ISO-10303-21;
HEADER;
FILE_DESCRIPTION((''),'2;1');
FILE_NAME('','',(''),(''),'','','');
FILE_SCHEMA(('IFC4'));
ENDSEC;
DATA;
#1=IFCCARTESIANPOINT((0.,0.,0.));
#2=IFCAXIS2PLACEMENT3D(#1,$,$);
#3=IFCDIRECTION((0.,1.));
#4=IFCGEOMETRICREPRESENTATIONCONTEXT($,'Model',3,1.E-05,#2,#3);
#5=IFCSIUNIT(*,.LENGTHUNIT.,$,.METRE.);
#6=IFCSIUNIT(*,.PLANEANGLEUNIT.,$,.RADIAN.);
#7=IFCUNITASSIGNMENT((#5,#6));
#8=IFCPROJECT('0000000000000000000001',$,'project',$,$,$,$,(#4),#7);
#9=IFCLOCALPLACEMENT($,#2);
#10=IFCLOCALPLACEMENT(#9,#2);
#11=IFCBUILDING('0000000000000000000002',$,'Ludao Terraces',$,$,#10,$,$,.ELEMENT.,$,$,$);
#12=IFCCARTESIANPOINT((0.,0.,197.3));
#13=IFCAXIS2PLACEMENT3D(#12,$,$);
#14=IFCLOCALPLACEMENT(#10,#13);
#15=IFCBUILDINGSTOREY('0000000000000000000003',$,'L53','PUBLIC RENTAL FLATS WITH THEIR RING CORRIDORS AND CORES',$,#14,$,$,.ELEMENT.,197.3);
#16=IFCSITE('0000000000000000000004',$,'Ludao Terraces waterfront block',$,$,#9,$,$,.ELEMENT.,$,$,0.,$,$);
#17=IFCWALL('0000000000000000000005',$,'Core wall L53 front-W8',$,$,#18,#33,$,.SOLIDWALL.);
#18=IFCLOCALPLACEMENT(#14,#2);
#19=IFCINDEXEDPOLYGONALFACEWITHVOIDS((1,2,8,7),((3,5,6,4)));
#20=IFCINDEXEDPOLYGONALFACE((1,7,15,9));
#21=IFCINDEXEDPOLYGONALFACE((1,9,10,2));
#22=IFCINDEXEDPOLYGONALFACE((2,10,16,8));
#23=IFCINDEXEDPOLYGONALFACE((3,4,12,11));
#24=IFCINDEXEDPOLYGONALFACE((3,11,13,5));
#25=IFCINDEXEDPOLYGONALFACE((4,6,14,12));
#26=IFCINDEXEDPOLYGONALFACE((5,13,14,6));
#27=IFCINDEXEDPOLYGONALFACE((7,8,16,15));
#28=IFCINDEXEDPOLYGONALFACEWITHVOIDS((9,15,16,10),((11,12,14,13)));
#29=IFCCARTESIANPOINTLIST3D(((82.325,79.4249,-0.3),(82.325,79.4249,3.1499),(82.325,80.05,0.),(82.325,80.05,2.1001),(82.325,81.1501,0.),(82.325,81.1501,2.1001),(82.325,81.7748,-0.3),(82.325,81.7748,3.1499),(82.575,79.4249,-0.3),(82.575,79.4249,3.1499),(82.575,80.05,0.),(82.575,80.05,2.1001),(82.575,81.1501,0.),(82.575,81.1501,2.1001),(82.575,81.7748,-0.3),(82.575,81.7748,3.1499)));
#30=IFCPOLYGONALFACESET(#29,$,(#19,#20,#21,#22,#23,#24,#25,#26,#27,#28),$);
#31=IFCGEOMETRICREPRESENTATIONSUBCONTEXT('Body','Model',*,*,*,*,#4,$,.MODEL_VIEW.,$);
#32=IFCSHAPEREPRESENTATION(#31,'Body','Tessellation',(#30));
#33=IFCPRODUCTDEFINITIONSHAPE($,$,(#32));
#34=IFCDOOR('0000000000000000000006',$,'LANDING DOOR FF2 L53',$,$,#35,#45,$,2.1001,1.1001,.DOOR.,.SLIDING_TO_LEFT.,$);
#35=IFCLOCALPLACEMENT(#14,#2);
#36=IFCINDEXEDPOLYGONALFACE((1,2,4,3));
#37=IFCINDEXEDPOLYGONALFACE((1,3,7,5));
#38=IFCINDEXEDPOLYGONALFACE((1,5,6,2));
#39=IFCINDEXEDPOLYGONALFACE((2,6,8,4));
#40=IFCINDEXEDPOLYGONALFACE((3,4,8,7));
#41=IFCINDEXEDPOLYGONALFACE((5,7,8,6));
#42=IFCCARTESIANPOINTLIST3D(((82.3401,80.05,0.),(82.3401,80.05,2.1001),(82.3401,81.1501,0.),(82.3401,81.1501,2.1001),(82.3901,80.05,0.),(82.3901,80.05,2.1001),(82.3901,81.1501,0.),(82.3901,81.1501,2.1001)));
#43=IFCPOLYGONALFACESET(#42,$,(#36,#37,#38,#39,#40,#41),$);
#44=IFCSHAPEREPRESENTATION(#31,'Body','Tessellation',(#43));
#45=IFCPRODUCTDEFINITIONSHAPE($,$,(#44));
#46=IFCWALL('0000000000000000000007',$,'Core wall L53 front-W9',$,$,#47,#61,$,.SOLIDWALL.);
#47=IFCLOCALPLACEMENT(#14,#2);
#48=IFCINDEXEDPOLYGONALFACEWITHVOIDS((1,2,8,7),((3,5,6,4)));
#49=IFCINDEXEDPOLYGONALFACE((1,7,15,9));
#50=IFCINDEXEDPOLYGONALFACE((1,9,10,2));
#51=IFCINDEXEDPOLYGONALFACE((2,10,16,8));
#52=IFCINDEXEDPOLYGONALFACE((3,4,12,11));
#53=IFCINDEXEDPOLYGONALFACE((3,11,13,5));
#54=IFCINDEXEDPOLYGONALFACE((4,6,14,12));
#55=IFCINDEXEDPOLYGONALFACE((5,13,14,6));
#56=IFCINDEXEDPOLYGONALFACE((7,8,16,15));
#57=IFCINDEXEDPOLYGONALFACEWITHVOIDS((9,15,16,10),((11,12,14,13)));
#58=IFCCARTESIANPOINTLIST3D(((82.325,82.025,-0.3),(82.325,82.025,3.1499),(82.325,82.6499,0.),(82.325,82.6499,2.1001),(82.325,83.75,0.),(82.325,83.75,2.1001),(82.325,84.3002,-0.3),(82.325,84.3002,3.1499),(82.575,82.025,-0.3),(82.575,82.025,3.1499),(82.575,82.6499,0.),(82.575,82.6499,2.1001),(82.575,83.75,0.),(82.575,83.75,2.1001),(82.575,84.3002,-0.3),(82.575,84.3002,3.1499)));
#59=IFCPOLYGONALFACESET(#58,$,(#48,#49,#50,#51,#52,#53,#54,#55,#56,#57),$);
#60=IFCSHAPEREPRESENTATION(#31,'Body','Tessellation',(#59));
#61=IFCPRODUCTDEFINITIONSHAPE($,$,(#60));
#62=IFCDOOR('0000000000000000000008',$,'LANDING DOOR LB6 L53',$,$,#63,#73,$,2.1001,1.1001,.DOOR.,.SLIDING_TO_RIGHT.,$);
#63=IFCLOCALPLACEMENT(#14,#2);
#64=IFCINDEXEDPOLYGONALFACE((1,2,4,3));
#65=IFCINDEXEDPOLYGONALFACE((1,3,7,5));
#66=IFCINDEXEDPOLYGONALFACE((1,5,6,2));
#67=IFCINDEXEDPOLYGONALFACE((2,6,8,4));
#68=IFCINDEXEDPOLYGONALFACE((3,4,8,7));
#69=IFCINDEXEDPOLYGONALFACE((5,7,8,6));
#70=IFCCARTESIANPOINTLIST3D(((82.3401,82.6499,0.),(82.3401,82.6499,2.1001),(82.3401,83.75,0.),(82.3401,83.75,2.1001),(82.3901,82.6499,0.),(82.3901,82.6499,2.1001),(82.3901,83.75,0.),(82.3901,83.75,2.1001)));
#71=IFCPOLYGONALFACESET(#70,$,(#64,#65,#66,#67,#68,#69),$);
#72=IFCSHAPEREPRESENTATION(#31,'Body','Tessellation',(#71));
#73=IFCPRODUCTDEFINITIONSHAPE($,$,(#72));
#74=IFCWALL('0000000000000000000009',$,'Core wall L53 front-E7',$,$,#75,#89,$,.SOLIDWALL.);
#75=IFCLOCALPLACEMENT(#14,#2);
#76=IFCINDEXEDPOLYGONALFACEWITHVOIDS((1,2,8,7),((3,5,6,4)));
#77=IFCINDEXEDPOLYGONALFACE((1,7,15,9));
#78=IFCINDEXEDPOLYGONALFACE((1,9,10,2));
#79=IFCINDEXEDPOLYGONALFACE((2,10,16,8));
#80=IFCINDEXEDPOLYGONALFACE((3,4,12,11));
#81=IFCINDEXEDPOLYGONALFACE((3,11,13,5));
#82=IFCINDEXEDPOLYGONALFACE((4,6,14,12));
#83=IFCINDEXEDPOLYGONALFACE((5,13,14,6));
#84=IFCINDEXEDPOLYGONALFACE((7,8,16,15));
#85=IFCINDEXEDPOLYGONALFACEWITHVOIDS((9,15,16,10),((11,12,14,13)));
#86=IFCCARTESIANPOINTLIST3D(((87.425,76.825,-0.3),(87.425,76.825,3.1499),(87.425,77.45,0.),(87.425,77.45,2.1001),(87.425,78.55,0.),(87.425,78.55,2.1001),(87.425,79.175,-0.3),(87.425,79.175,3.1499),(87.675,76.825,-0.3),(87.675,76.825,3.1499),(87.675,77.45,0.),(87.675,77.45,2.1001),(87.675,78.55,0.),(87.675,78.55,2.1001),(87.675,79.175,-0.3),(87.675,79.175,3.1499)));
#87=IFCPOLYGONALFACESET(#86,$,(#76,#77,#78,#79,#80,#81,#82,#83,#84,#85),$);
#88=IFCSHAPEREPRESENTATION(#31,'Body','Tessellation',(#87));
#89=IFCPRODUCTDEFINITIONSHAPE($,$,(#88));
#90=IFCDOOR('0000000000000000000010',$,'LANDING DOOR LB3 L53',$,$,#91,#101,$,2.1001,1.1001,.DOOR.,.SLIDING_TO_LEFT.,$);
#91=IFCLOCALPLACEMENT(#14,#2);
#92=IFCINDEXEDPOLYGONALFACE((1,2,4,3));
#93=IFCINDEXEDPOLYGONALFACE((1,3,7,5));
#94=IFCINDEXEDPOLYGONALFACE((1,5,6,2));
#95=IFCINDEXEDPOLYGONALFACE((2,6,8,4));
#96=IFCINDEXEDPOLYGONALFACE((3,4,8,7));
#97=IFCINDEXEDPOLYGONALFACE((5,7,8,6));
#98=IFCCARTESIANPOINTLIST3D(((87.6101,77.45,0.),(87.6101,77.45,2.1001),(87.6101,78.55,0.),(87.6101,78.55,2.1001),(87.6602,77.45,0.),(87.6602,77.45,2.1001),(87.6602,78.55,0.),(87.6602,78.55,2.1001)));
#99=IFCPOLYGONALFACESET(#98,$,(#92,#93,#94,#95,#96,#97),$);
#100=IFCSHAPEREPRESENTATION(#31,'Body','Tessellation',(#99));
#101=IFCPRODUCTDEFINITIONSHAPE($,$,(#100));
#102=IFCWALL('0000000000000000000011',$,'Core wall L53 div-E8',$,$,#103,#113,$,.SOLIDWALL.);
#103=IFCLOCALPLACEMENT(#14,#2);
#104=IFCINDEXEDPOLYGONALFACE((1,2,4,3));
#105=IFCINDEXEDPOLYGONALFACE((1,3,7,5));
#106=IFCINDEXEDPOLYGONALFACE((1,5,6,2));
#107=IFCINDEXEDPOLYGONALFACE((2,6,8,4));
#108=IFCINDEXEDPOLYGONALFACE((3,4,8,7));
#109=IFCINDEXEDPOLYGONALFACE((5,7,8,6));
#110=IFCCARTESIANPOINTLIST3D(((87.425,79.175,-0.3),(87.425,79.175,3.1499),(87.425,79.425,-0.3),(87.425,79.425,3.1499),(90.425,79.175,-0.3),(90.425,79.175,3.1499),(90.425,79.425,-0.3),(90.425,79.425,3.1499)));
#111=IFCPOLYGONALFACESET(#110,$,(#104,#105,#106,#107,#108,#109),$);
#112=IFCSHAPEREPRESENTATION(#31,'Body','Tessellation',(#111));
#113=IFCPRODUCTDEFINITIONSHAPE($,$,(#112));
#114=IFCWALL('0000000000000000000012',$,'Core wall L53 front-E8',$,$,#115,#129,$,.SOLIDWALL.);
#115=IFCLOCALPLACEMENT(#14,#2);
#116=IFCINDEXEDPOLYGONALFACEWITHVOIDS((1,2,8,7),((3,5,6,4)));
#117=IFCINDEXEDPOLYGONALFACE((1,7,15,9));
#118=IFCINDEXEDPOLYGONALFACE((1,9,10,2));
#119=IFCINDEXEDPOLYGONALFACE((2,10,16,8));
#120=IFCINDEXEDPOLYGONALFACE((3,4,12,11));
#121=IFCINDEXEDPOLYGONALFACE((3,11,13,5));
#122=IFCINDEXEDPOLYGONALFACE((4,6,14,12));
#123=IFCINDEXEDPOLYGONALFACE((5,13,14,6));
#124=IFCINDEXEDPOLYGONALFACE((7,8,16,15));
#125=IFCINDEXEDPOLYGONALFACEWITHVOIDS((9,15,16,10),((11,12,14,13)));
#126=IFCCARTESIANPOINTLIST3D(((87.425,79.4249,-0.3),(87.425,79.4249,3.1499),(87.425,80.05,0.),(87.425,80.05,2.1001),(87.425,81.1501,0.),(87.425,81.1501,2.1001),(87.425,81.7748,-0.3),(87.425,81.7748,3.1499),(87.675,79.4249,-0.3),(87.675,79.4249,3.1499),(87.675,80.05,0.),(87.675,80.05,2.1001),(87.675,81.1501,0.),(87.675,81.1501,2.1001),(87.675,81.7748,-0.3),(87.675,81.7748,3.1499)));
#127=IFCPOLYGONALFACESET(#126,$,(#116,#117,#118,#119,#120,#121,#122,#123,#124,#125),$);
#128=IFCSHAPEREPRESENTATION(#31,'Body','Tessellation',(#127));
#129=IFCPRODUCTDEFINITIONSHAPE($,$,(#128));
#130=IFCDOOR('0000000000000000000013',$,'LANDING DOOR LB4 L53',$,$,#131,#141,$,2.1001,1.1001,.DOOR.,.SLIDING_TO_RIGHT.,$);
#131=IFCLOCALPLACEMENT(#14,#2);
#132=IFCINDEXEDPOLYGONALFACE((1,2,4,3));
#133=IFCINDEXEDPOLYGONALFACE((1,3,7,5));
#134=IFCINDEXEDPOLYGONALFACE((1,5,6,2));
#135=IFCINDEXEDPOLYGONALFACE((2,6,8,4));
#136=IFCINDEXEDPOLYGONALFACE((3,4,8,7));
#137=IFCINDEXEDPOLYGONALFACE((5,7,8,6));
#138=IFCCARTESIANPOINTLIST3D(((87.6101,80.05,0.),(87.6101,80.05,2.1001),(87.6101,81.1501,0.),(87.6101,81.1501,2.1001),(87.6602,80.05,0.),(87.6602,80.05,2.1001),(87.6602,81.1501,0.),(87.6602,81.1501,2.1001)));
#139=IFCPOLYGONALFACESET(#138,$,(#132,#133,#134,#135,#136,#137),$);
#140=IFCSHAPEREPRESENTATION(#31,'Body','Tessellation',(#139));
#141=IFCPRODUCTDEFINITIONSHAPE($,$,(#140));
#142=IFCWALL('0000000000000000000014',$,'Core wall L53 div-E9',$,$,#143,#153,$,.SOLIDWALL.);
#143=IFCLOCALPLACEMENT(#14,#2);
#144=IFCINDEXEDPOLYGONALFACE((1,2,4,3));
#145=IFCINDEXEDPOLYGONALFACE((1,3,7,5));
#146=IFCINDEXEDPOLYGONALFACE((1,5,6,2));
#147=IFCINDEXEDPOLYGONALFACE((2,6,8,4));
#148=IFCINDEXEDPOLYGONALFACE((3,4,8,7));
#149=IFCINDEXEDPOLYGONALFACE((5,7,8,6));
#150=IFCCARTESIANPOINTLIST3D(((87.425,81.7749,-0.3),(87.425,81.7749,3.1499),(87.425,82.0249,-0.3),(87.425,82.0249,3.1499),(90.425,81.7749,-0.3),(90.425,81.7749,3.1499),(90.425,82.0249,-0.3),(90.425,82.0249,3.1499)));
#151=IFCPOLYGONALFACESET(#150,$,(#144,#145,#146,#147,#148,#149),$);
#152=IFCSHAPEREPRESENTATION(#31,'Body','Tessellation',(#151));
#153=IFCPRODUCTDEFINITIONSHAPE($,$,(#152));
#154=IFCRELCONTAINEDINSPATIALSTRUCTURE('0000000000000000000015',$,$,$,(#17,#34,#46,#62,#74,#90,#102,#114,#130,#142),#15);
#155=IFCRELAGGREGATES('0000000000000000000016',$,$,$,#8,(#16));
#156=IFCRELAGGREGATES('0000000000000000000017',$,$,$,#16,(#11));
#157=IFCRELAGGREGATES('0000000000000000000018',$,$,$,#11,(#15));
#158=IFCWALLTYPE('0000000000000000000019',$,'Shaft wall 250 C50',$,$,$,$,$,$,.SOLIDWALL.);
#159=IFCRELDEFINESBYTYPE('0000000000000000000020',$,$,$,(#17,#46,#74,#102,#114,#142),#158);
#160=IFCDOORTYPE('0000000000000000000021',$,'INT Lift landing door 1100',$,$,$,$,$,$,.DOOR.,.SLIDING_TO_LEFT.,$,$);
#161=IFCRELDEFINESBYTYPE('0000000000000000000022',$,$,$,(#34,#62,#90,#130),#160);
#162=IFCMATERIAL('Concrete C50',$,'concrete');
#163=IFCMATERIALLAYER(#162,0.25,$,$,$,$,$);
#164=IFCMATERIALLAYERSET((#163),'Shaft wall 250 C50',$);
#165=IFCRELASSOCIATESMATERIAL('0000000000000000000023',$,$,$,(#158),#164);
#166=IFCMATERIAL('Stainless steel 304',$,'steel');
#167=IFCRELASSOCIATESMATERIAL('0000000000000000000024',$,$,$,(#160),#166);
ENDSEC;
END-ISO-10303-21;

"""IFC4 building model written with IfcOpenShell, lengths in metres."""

from ifc_helpers import new_model, si_unit, direction, frame, frame_2d, origin, place, context, subcontext, project, spatial, rectangle, extrude, material, layer, layer_set, type_object, element, fill, save


model = new_model("IFC4")

# Units and contexts
model_context = context("Model", 3, precision=1e-05, world=origin(), true_north=direction((0.0, 1.0)))
body_context = subcontext(model_context, "Body", "Model", "MODEL_VIEW")
ifc_project = project(units=[si_unit("LENGTHUNIT", "METRE"), si_unit("PLANEANGLEUNIT", "RADIAN")], contexts=[model_context])

# Site, building, storey
site_placement = place(None, origin())
site = spatial("IfcSite", under=ifc_project, at=site_placement, Name="Ludao Terraces waterfront block", CompositionType="ELEMENT", RefElevation=0.0)
building_placement = place(site_placement, origin())
building = spatial("IfcBuilding", under=site, at=building_placement, Name="Ludao Terraces", CompositionType="ELEMENT")
storey_placement = place(building_placement, frame((0.0, 0.0, 197.3)))
storey = spatial("IfcBuildingStorey", under=building, at=storey_placement, Name="L53", Description="PUBLIC RENTAL FLATS WITH THEIR RING CORRIDORS AND CORES", CompositionType="ELEMENT", Elevation=197.3)

# Shared definitions
ifc_material_1 = material(Name="Concrete C50", Category="concrete")

# Shared definitions
ifc_layer_1 = layer(ifc_material_1, 0.25)
ifc_layer_set_1 = layer_set([ifc_layer_1], Name="Shaft wall 250 C50")
wall_type_1 = type_object("IfcWallType", Name="Shaft wall 250 C50", PredefinedType="SOLIDWALL", material=ifc_layer_set_1)

# Walls, openings, doors
wall_1_placement = place(storey_placement, frame((82.45, 79.425, -0.3), z_axis=(0.0, 0.0, 1.0), x_axis=(0.0, 1.0, 0.0)))
wall_1 = element("IfcWall", 1, at=wall_1_placement, inside=storey, type_object=wall_type_1, Name="Core wall L53 front-W8", PredefinedType="SOLIDWALL", context=body_context, shape_type="SweptSolid", body=[
    extrude(rectangle(XDim=2.3499, YDim=0.25, at=frame_2d((1.1748, 0.0))), origin(), (0.0, 0.0, 1.0), 3.45),
])
opening_1_placement = place(wall_1_placement, frame((0.625, 0.0, 0.3)))
opening_1 = element("IfcOpeningElement", 2, at=opening_1_placement, cuts=wall_1, PredefinedType="OPENING", context=body_context, shape_type="SweptSolid", body=[
    extrude(rectangle(XDim=1.1001, YDim=2.1001, at=frame_2d((0.55, 1.05))), frame((0.0, 0.135, 0.0), z_axis=(0.0, -1.0, 0.0), x_axis=(1.0, 0.0, 0.0)), (0.0, 0.0, 1.0), 0.27),
])
ifc_material_2 = material(Name="Stainless steel 304", Category="steel")
door_type_1 = type_object("IfcDoorType", Name="INT Lift landing door 1100", OperationType="SLIDING_TO_LEFT", PredefinedType="DOOR", material=ifc_material_2)
door_1_placement = place(opening_1_placement, origin())
door_1 = element("IfcDoor", 3, at=door_1_placement, inside=storey, type_object=door_type_1, Name="LANDING DOOR FF2 L53", OperationType="SLIDING_TO_LEFT", OverallHeight=2.1001, OverallWidth=1.1001, PredefinedType="DOOR", context=body_context, shape_type="SweptSolid", body=[
    extrude(rectangle(XDim=1.1001, YDim=2.1001, at=frame_2d((0.55, 1.05))), frame((0.0, 0.1099, 0.0), z_axis=(0.0, -1.0, 0.0), x_axis=(1.0, 0.0, 0.0)), (0.0, 0.0, 1.0), 0.05),
])
fill(opening_1, door_1)
wall_2_placement = place(storey_placement, frame((82.45, 82.0249, -0.3), z_axis=(0.0, 0.0, 1.0), x_axis=(0.0, 1.0, 0.0)))
wall_2 = element("IfcWall", 4, at=wall_2_placement, inside=storey, type_object=wall_type_1, Name="Core wall L53 front-W9", PredefinedType="SOLIDWALL", context=body_context, shape_type="SweptSolid", body=[
    extrude(rectangle(XDim=2.2751, YDim=0.25, at=frame_2d((1.1377, 0.0))), origin(), (0.0, 0.0, 1.0), 3.45),
])
opening_2_placement = place(wall_2_placement, frame((0.625, 0.0, 0.3)))
opening_2 = element("IfcOpeningElement", 5, at=opening_2_placement, cuts=wall_2, PredefinedType="OPENING", context=body_context, shape_type="SweptSolid", body=[
    extrude(rectangle(XDim=1.1001, YDim=2.1001, at=frame_2d((0.55, 1.05))), frame((0.0, 0.135, 0.0), z_axis=(0.0, -1.0, 0.0), x_axis=(1.0, 0.0, 0.0)), (0.0, 0.0, 1.0), 0.27),
])
door_2_placement = place(opening_2_placement, origin())
door_2 = element("IfcDoor", 6, at=door_2_placement, inside=storey, type_object=door_type_1, Name="LANDING DOOR LB6 L53", OperationType="SLIDING_TO_RIGHT", OverallHeight=2.1001, OverallWidth=1.1001, PredefinedType="DOOR", context=body_context, shape_type="SweptSolid", body=[
    extrude(rectangle(XDim=1.1001, YDim=2.1001, at=frame_2d((0.55, 1.05))), frame((0.0, 0.1099, 0.0), z_axis=(0.0, -1.0, 0.0), x_axis=(1.0, 0.0, 0.0)), (0.0, 0.0, 1.0), 0.05),
])
fill(opening_2, door_2)
wall_3_placement = place(storey_placement, frame((87.55, 76.825, -0.3), z_axis=(0.0, 0.0, 1.0), x_axis=(0.0, 1.0, 0.0)))
wall_3 = element("IfcWall", 7, at=wall_3_placement, inside=storey, type_object=wall_type_1, Name="Core wall L53 front-E7", PredefinedType="SOLIDWALL", context=body_context, shape_type="SweptSolid", body=[
    extrude(rectangle(XDim=2.3501, YDim=0.25, at=frame_2d((1.175, 0.0))), origin(), (0.0, 0.0, 1.0), 3.45),
])
opening_3_placement = place(wall_3_placement, frame((0.625, 0.0, 0.3)))
opening_3 = element("IfcOpeningElement", 8, at=opening_3_placement, cuts=wall_3, PredefinedType="OPENING", context=body_context, shape_type="SweptSolid", body=[
    extrude(rectangle(XDim=1.1001, YDim=2.1001, at=frame_2d((0.55, 1.05))), frame((0.0, 0.135, 0.0), z_axis=(0.0, -1.0, 0.0), x_axis=(1.0, 0.0, 0.0)), (0.0, 0.0, 1.0), 0.27),
])
door_3_placement = place(opening_3_placement, origin())
door_3 = element("IfcDoor", 9, at=door_3_placement, inside=storey, type_object=door_type_1, Name="LANDING DOOR LB3 L53", OperationType="SLIDING_TO_LEFT", OverallHeight=2.1001, OverallWidth=1.1001, PredefinedType="DOOR", context=body_context, shape_type="SweptSolid", body=[
    extrude(rectangle(XDim=1.1001, YDim=2.1001, at=frame_2d((0.55, 1.05))), frame((0.0, -0.0601, 0.0), z_axis=(0.0, -1.0, 0.0), x_axis=(1.0, 0.0, 0.0)), (0.0, 0.0, 1.0), 0.05),
])
fill(opening_3, door_3)

# Wall
wall_4_placement = place(storey_placement, frame((87.425, 79.3, -0.3), z_axis=(0.0, 0.0, 1.0), x_axis=(1.0, 0.0, 0.0)))
element("IfcWall", 10, at=wall_4_placement, inside=storey, type_object=wall_type_1, Name="Core wall L53 div-E8", PredefinedType="SOLIDWALL", context=body_context, shape_type="SweptSolid", body=[
    extrude(rectangle(XDim=3.0, YDim=0.25, at=frame_2d((1.5, 0.0))), origin(), (0.0, 0.0, 1.0), 3.45),
])

# Wall, opening, door
wall_5_placement = place(storey_placement, frame((87.55, 79.425, -0.3), z_axis=(0.0, 0.0, 1.0), x_axis=(0.0, 1.0, 0.0)))
wall_5 = element("IfcWall", 11, at=wall_5_placement, inside=storey, type_object=wall_type_1, Name="Core wall L53 front-E8", PredefinedType="SOLIDWALL", context=body_context, shape_type="SweptSolid", body=[
    extrude(rectangle(XDim=2.3499, YDim=0.25, at=frame_2d((1.1748, 0.0))), origin(), (0.0, 0.0, 1.0), 3.45),
])
opening_4_placement = place(wall_5_placement, frame((0.625, 0.0, 0.3)))
opening_4 = element("IfcOpeningElement", 12, at=opening_4_placement, cuts=wall_5, PredefinedType="OPENING", context=body_context, shape_type="SweptSolid", body=[
    extrude(rectangle(XDim=1.1001, YDim=2.1001, at=frame_2d((0.55, 1.05))), frame((0.0, 0.135, 0.0), z_axis=(0.0, -1.0, 0.0), x_axis=(1.0, 0.0, 0.0)), (0.0, 0.0, 1.0), 0.27),
])
door_4_placement = place(opening_4_placement, origin())
door_4 = element("IfcDoor", 13, at=door_4_placement, inside=storey, type_object=door_type_1, Name="LANDING DOOR LB4 L53", OperationType="SLIDING_TO_RIGHT", OverallHeight=2.1001, OverallWidth=1.1001, PredefinedType="DOOR", context=body_context, shape_type="SweptSolid", body=[
    extrude(rectangle(XDim=1.1001, YDim=2.1001, at=frame_2d((0.55, 1.05))), frame((0.0, -0.0601, 0.0), z_axis=(0.0, -1.0, 0.0), x_axis=(1.0, 0.0, 0.0)), (0.0, 0.0, 1.0), 0.05),
])
fill(opening_4, door_4)

# Wall
wall_6_placement = place(storey_placement, frame((87.425, 81.8999, -0.3), z_axis=(0.0, 0.0, 1.0), x_axis=(1.0, 0.0, 0.0)))
element("IfcWall", 14, at=wall_6_placement, inside=storey, type_object=wall_type_1, Name="Core wall L53 div-E9", PredefinedType="SOLIDWALL", context=body_context, shape_type="SweptSolid", body=[
    extrude(rectangle(XDim=3.0, YDim=0.25, at=frame_2d((1.5, 0.0))), origin(), (0.0, 0.0, 1.0), 3.45),
])

save(model, "model.ifc")
